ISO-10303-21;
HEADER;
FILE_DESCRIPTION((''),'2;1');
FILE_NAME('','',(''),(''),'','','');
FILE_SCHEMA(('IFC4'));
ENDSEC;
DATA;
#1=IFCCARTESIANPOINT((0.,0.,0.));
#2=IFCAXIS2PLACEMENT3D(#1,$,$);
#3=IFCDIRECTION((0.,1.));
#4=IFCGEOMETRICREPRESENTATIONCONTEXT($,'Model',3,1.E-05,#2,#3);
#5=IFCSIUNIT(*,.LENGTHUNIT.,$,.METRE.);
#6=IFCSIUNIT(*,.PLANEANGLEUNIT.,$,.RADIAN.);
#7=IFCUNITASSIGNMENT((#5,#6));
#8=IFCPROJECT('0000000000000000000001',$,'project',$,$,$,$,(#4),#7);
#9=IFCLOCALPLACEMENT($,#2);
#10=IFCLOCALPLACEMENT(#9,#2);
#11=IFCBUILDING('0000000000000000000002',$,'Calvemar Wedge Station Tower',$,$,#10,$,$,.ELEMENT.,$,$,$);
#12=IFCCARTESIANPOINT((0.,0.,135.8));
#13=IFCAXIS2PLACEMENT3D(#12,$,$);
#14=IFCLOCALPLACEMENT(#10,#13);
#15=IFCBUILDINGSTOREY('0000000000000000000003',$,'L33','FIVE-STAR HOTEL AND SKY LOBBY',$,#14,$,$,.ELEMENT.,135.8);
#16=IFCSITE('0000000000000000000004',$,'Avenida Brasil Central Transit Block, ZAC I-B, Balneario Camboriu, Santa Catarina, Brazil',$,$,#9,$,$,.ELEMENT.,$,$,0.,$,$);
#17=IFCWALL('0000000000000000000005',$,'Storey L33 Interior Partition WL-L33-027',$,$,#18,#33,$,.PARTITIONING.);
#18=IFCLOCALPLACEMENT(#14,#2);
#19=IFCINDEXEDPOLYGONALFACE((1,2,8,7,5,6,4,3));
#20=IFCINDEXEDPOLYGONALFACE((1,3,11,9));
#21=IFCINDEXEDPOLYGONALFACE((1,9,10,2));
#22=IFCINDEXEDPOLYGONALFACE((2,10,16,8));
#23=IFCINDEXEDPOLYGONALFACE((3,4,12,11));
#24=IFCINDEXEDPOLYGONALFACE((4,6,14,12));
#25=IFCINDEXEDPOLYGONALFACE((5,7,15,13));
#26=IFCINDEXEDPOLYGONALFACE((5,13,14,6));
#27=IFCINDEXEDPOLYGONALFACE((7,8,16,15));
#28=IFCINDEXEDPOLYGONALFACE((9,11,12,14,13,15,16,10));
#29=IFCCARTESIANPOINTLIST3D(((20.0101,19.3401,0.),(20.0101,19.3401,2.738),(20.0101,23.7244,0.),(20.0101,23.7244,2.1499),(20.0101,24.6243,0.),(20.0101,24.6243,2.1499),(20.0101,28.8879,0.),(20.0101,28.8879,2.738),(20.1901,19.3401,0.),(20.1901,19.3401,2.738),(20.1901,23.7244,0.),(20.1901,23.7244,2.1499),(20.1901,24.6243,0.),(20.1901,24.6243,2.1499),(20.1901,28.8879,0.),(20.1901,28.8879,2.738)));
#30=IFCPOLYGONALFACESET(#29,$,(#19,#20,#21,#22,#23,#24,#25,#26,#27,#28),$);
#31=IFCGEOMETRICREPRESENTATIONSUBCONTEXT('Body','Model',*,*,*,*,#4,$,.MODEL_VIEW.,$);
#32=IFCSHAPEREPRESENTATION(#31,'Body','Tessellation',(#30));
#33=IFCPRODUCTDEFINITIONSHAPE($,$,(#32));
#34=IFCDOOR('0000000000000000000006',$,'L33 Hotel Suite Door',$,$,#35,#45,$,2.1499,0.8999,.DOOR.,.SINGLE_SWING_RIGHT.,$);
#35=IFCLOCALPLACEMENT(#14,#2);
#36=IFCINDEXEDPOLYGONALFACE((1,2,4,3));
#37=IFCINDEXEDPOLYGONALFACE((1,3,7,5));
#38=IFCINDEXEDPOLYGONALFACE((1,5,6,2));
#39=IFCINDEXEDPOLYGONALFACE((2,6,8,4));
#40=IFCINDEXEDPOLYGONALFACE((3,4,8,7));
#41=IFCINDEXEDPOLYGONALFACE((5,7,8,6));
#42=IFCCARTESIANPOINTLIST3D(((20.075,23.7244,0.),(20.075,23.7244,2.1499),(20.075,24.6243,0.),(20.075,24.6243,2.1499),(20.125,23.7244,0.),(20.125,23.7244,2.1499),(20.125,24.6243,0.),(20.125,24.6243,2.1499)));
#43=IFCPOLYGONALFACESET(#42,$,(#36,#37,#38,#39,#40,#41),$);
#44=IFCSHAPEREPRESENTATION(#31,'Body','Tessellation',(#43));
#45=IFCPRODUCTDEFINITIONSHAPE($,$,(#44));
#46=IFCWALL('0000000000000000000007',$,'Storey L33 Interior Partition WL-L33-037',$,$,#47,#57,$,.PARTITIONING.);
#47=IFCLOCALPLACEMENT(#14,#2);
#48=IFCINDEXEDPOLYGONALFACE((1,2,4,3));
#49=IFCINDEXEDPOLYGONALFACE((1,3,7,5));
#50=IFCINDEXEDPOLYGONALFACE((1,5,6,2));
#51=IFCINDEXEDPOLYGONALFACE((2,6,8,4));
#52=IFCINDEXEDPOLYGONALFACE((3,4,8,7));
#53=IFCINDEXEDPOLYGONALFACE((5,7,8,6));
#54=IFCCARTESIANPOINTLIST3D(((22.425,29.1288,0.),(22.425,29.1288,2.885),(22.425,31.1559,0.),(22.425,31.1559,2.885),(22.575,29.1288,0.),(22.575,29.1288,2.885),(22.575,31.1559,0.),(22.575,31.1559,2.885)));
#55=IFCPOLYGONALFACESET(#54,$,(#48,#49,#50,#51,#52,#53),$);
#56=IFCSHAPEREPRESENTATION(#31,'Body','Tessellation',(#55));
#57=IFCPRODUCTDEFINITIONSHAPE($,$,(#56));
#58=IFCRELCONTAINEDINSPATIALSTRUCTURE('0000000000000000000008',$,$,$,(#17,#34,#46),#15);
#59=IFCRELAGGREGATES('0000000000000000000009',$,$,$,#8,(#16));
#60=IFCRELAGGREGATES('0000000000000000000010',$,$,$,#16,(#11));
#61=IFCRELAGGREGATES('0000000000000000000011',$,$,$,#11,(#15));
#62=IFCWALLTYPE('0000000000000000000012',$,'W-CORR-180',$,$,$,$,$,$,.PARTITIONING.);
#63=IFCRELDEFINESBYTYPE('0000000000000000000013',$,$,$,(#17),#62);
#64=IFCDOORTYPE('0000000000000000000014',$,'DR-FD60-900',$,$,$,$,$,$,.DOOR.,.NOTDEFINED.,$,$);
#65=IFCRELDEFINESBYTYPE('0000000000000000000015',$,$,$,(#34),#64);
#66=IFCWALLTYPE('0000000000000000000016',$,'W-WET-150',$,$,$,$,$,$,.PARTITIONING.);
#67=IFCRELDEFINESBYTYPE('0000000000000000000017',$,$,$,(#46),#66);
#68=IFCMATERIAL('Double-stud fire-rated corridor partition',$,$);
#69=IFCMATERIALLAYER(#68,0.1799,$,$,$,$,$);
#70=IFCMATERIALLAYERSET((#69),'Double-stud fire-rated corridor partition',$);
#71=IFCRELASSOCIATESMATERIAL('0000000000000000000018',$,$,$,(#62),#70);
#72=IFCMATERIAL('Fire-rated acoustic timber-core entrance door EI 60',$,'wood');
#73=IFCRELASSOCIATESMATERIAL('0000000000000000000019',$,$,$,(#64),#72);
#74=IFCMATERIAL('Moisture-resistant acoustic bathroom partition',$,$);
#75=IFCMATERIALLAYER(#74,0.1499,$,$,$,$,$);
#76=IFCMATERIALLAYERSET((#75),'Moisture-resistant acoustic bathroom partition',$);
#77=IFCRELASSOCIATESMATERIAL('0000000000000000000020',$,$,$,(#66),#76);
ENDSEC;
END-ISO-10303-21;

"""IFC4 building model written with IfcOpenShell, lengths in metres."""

from ifc_helpers import new_model, si_unit, direction, frame, frame_2d, origin, place, context, subcontext, project, spatial, rectangle, extrude, source, transform, mapped, material, layer, layer_set, type_object, element, fill, save


model = new_model("IFC4")

# Units and contexts
model_context = context("Model", 3, precision=1e-05, world=origin(), true_north=direction((0.0, 1.0)))
body_context = subcontext(model_context, "Body", "Model", "MODEL_VIEW")
ifc_project = project(units=[si_unit("LENGTHUNIT", "METRE"), si_unit("PLANEANGLEUNIT", "RADIAN")], contexts=[model_context])

# Site, building, storey
site_placement = place(None, origin())
site = spatial("IfcSite", under=ifc_project, at=site_placement, Name="Avenida Brasil Central Transit Block, ZAC I-B, Balneario Camboriu, Santa Catarina, Brazil", CompositionType="ELEMENT", RefElevation=0.0)
building_placement = place(site_placement, origin())
building = spatial("IfcBuilding", under=site, at=building_placement, Name="Calvemar Wedge Station Tower", CompositionType="ELEMENT")
storey_placement = place(building_placement, frame((0.0, 0.0, 135.8)))
storey = spatial("IfcBuildingStorey", under=building, at=storey_placement, Name="L33", Description="FIVE-STAR HOTEL AND SKY LOBBY", CompositionType="ELEMENT", Elevation=135.8)

# Shared definitions
ifc_material_1 = material(Name="Double-stud fire-rated corridor partition")
ifc_layer_1 = layer(ifc_material_1, 0.1799)
ifc_layer_set_1 = layer_set([ifc_layer_1], Name="Double-stud fire-rated corridor partition")
wall_type_1 = type_object("IfcWallType", Name="W-CORR-180", PredefinedType="PARTITIONING", material=ifc_layer_set_1)

# Wall, opening, door
wall_1_placement = place(storey_placement, frame((20.1001, 28.8879, 0.0), z_axis=(0.0, 0.0, 1.0), x_axis=(0.0, -1.0, 0.0)))
wall_1 = element("IfcWall", 1, at=wall_1_placement, inside=storey, type_object=wall_type_1, Name="Storey L33 Interior Partition WL-L33-027", PredefinedType="PARTITIONING", context=body_context, shape_type="SweptSolid", body=[
    extrude(rectangle(XDim=9.5479, YDim=0.1799, at=frame_2d((4.7739, 0.0))), origin(), (0.0, 0.0, 1.0), 2.738),
])
shared_shape_1 = source(origin(), body_context, "Body", "SweptSolid", [
    extrude(rectangle(XDim=0.8999, YDim=2.1499, at=frame_2d((0.45, 1.075))), frame((0.0, 0.1001, 0.0), z_axis=(0.0, -1.0, 0.0), x_axis=(1.0, 0.0, 0.0)), (0.0, 0.0, 1.0), 0.2),
])
opening_1_placement = place(wall_1_placement, frame((4.2637, 0.0, 0.0)))
opening_1 = element("IfcOpeningElement", 2, at=opening_1_placement, cuts=wall_1, PredefinedType="OPENING", context=body_context, shape_type="MappedRepresentation", body=[
    mapped(shared_shape_1, transform((0.0, 0.0, 0.0), scale=1.0)),
])
ifc_material_2 = material(Name="Fire-rated acoustic timber-core entrance door EI 60", Category="wood")
door_type_1 = type_object("IfcDoorType", Name="DR-FD60-900", OperationType="NOTDEFINED", PredefinedType="DOOR", material=ifc_material_2)
shared_shape_2 = source(origin(), body_context, "Body", "SweptSolid", [
    extrude(rectangle(XDim=0.8999, YDim=2.1499, at=frame_2d((0.45, 1.075))), frame((0.0, 0.0249, 0.0), z_axis=(0.0, -1.0, 0.0), x_axis=(1.0, 0.0, 0.0)), (0.0, 0.0, 1.0), 0.05),
])
door_1_placement = place(opening_1_placement, origin())
door_1 = element("IfcDoor", 3, at=door_1_placement, inside=storey, type_object=door_type_1, Name="L33 Hotel Suite Door", OperationType="SINGLE_SWING_RIGHT", OverallHeight=2.1499, OverallWidth=0.8999, PredefinedType="DOOR", context=body_context, shape_type="MappedRepresentation", body=[
    mapped(shared_shape_2, transform((0.0, 0.0, 0.0), scale=1.0)),
])
fill(opening_1, door_1)
ifc_material_3 = material(Name="Moisture-resistant acoustic bathroom partition")
ifc_layer_2 = layer(ifc_material_3, 0.1499)
ifc_layer_set_2 = layer_set([ifc_layer_2], Name="Moisture-resistant acoustic bathroom partition")
wall_type_2 = type_object("IfcWallType", Name="W-WET-150", PredefinedType="PARTITIONING", material=ifc_layer_set_2)

# Wall
wall_2_placement = place(storey_placement, frame((22.5, 31.156, 0.0), z_axis=(0.0, 0.0, 1.0), x_axis=(0.0, -1.0, 0.0)))
element("IfcWall", 4, at=wall_2_placement, inside=storey, type_object=wall_type_2, Name="Storey L33 Interior Partition WL-L33-037", PredefinedType="PARTITIONING", context=body_context, shape_type="SweptSolid", body=[
    extrude(rectangle(XDim=2.0271, YDim=0.1499, at=frame_2d((1.0137, 0.0))), origin(), (0.0, 0.0, 1.0), 2.885),
])

save(model, "model.ifc")
